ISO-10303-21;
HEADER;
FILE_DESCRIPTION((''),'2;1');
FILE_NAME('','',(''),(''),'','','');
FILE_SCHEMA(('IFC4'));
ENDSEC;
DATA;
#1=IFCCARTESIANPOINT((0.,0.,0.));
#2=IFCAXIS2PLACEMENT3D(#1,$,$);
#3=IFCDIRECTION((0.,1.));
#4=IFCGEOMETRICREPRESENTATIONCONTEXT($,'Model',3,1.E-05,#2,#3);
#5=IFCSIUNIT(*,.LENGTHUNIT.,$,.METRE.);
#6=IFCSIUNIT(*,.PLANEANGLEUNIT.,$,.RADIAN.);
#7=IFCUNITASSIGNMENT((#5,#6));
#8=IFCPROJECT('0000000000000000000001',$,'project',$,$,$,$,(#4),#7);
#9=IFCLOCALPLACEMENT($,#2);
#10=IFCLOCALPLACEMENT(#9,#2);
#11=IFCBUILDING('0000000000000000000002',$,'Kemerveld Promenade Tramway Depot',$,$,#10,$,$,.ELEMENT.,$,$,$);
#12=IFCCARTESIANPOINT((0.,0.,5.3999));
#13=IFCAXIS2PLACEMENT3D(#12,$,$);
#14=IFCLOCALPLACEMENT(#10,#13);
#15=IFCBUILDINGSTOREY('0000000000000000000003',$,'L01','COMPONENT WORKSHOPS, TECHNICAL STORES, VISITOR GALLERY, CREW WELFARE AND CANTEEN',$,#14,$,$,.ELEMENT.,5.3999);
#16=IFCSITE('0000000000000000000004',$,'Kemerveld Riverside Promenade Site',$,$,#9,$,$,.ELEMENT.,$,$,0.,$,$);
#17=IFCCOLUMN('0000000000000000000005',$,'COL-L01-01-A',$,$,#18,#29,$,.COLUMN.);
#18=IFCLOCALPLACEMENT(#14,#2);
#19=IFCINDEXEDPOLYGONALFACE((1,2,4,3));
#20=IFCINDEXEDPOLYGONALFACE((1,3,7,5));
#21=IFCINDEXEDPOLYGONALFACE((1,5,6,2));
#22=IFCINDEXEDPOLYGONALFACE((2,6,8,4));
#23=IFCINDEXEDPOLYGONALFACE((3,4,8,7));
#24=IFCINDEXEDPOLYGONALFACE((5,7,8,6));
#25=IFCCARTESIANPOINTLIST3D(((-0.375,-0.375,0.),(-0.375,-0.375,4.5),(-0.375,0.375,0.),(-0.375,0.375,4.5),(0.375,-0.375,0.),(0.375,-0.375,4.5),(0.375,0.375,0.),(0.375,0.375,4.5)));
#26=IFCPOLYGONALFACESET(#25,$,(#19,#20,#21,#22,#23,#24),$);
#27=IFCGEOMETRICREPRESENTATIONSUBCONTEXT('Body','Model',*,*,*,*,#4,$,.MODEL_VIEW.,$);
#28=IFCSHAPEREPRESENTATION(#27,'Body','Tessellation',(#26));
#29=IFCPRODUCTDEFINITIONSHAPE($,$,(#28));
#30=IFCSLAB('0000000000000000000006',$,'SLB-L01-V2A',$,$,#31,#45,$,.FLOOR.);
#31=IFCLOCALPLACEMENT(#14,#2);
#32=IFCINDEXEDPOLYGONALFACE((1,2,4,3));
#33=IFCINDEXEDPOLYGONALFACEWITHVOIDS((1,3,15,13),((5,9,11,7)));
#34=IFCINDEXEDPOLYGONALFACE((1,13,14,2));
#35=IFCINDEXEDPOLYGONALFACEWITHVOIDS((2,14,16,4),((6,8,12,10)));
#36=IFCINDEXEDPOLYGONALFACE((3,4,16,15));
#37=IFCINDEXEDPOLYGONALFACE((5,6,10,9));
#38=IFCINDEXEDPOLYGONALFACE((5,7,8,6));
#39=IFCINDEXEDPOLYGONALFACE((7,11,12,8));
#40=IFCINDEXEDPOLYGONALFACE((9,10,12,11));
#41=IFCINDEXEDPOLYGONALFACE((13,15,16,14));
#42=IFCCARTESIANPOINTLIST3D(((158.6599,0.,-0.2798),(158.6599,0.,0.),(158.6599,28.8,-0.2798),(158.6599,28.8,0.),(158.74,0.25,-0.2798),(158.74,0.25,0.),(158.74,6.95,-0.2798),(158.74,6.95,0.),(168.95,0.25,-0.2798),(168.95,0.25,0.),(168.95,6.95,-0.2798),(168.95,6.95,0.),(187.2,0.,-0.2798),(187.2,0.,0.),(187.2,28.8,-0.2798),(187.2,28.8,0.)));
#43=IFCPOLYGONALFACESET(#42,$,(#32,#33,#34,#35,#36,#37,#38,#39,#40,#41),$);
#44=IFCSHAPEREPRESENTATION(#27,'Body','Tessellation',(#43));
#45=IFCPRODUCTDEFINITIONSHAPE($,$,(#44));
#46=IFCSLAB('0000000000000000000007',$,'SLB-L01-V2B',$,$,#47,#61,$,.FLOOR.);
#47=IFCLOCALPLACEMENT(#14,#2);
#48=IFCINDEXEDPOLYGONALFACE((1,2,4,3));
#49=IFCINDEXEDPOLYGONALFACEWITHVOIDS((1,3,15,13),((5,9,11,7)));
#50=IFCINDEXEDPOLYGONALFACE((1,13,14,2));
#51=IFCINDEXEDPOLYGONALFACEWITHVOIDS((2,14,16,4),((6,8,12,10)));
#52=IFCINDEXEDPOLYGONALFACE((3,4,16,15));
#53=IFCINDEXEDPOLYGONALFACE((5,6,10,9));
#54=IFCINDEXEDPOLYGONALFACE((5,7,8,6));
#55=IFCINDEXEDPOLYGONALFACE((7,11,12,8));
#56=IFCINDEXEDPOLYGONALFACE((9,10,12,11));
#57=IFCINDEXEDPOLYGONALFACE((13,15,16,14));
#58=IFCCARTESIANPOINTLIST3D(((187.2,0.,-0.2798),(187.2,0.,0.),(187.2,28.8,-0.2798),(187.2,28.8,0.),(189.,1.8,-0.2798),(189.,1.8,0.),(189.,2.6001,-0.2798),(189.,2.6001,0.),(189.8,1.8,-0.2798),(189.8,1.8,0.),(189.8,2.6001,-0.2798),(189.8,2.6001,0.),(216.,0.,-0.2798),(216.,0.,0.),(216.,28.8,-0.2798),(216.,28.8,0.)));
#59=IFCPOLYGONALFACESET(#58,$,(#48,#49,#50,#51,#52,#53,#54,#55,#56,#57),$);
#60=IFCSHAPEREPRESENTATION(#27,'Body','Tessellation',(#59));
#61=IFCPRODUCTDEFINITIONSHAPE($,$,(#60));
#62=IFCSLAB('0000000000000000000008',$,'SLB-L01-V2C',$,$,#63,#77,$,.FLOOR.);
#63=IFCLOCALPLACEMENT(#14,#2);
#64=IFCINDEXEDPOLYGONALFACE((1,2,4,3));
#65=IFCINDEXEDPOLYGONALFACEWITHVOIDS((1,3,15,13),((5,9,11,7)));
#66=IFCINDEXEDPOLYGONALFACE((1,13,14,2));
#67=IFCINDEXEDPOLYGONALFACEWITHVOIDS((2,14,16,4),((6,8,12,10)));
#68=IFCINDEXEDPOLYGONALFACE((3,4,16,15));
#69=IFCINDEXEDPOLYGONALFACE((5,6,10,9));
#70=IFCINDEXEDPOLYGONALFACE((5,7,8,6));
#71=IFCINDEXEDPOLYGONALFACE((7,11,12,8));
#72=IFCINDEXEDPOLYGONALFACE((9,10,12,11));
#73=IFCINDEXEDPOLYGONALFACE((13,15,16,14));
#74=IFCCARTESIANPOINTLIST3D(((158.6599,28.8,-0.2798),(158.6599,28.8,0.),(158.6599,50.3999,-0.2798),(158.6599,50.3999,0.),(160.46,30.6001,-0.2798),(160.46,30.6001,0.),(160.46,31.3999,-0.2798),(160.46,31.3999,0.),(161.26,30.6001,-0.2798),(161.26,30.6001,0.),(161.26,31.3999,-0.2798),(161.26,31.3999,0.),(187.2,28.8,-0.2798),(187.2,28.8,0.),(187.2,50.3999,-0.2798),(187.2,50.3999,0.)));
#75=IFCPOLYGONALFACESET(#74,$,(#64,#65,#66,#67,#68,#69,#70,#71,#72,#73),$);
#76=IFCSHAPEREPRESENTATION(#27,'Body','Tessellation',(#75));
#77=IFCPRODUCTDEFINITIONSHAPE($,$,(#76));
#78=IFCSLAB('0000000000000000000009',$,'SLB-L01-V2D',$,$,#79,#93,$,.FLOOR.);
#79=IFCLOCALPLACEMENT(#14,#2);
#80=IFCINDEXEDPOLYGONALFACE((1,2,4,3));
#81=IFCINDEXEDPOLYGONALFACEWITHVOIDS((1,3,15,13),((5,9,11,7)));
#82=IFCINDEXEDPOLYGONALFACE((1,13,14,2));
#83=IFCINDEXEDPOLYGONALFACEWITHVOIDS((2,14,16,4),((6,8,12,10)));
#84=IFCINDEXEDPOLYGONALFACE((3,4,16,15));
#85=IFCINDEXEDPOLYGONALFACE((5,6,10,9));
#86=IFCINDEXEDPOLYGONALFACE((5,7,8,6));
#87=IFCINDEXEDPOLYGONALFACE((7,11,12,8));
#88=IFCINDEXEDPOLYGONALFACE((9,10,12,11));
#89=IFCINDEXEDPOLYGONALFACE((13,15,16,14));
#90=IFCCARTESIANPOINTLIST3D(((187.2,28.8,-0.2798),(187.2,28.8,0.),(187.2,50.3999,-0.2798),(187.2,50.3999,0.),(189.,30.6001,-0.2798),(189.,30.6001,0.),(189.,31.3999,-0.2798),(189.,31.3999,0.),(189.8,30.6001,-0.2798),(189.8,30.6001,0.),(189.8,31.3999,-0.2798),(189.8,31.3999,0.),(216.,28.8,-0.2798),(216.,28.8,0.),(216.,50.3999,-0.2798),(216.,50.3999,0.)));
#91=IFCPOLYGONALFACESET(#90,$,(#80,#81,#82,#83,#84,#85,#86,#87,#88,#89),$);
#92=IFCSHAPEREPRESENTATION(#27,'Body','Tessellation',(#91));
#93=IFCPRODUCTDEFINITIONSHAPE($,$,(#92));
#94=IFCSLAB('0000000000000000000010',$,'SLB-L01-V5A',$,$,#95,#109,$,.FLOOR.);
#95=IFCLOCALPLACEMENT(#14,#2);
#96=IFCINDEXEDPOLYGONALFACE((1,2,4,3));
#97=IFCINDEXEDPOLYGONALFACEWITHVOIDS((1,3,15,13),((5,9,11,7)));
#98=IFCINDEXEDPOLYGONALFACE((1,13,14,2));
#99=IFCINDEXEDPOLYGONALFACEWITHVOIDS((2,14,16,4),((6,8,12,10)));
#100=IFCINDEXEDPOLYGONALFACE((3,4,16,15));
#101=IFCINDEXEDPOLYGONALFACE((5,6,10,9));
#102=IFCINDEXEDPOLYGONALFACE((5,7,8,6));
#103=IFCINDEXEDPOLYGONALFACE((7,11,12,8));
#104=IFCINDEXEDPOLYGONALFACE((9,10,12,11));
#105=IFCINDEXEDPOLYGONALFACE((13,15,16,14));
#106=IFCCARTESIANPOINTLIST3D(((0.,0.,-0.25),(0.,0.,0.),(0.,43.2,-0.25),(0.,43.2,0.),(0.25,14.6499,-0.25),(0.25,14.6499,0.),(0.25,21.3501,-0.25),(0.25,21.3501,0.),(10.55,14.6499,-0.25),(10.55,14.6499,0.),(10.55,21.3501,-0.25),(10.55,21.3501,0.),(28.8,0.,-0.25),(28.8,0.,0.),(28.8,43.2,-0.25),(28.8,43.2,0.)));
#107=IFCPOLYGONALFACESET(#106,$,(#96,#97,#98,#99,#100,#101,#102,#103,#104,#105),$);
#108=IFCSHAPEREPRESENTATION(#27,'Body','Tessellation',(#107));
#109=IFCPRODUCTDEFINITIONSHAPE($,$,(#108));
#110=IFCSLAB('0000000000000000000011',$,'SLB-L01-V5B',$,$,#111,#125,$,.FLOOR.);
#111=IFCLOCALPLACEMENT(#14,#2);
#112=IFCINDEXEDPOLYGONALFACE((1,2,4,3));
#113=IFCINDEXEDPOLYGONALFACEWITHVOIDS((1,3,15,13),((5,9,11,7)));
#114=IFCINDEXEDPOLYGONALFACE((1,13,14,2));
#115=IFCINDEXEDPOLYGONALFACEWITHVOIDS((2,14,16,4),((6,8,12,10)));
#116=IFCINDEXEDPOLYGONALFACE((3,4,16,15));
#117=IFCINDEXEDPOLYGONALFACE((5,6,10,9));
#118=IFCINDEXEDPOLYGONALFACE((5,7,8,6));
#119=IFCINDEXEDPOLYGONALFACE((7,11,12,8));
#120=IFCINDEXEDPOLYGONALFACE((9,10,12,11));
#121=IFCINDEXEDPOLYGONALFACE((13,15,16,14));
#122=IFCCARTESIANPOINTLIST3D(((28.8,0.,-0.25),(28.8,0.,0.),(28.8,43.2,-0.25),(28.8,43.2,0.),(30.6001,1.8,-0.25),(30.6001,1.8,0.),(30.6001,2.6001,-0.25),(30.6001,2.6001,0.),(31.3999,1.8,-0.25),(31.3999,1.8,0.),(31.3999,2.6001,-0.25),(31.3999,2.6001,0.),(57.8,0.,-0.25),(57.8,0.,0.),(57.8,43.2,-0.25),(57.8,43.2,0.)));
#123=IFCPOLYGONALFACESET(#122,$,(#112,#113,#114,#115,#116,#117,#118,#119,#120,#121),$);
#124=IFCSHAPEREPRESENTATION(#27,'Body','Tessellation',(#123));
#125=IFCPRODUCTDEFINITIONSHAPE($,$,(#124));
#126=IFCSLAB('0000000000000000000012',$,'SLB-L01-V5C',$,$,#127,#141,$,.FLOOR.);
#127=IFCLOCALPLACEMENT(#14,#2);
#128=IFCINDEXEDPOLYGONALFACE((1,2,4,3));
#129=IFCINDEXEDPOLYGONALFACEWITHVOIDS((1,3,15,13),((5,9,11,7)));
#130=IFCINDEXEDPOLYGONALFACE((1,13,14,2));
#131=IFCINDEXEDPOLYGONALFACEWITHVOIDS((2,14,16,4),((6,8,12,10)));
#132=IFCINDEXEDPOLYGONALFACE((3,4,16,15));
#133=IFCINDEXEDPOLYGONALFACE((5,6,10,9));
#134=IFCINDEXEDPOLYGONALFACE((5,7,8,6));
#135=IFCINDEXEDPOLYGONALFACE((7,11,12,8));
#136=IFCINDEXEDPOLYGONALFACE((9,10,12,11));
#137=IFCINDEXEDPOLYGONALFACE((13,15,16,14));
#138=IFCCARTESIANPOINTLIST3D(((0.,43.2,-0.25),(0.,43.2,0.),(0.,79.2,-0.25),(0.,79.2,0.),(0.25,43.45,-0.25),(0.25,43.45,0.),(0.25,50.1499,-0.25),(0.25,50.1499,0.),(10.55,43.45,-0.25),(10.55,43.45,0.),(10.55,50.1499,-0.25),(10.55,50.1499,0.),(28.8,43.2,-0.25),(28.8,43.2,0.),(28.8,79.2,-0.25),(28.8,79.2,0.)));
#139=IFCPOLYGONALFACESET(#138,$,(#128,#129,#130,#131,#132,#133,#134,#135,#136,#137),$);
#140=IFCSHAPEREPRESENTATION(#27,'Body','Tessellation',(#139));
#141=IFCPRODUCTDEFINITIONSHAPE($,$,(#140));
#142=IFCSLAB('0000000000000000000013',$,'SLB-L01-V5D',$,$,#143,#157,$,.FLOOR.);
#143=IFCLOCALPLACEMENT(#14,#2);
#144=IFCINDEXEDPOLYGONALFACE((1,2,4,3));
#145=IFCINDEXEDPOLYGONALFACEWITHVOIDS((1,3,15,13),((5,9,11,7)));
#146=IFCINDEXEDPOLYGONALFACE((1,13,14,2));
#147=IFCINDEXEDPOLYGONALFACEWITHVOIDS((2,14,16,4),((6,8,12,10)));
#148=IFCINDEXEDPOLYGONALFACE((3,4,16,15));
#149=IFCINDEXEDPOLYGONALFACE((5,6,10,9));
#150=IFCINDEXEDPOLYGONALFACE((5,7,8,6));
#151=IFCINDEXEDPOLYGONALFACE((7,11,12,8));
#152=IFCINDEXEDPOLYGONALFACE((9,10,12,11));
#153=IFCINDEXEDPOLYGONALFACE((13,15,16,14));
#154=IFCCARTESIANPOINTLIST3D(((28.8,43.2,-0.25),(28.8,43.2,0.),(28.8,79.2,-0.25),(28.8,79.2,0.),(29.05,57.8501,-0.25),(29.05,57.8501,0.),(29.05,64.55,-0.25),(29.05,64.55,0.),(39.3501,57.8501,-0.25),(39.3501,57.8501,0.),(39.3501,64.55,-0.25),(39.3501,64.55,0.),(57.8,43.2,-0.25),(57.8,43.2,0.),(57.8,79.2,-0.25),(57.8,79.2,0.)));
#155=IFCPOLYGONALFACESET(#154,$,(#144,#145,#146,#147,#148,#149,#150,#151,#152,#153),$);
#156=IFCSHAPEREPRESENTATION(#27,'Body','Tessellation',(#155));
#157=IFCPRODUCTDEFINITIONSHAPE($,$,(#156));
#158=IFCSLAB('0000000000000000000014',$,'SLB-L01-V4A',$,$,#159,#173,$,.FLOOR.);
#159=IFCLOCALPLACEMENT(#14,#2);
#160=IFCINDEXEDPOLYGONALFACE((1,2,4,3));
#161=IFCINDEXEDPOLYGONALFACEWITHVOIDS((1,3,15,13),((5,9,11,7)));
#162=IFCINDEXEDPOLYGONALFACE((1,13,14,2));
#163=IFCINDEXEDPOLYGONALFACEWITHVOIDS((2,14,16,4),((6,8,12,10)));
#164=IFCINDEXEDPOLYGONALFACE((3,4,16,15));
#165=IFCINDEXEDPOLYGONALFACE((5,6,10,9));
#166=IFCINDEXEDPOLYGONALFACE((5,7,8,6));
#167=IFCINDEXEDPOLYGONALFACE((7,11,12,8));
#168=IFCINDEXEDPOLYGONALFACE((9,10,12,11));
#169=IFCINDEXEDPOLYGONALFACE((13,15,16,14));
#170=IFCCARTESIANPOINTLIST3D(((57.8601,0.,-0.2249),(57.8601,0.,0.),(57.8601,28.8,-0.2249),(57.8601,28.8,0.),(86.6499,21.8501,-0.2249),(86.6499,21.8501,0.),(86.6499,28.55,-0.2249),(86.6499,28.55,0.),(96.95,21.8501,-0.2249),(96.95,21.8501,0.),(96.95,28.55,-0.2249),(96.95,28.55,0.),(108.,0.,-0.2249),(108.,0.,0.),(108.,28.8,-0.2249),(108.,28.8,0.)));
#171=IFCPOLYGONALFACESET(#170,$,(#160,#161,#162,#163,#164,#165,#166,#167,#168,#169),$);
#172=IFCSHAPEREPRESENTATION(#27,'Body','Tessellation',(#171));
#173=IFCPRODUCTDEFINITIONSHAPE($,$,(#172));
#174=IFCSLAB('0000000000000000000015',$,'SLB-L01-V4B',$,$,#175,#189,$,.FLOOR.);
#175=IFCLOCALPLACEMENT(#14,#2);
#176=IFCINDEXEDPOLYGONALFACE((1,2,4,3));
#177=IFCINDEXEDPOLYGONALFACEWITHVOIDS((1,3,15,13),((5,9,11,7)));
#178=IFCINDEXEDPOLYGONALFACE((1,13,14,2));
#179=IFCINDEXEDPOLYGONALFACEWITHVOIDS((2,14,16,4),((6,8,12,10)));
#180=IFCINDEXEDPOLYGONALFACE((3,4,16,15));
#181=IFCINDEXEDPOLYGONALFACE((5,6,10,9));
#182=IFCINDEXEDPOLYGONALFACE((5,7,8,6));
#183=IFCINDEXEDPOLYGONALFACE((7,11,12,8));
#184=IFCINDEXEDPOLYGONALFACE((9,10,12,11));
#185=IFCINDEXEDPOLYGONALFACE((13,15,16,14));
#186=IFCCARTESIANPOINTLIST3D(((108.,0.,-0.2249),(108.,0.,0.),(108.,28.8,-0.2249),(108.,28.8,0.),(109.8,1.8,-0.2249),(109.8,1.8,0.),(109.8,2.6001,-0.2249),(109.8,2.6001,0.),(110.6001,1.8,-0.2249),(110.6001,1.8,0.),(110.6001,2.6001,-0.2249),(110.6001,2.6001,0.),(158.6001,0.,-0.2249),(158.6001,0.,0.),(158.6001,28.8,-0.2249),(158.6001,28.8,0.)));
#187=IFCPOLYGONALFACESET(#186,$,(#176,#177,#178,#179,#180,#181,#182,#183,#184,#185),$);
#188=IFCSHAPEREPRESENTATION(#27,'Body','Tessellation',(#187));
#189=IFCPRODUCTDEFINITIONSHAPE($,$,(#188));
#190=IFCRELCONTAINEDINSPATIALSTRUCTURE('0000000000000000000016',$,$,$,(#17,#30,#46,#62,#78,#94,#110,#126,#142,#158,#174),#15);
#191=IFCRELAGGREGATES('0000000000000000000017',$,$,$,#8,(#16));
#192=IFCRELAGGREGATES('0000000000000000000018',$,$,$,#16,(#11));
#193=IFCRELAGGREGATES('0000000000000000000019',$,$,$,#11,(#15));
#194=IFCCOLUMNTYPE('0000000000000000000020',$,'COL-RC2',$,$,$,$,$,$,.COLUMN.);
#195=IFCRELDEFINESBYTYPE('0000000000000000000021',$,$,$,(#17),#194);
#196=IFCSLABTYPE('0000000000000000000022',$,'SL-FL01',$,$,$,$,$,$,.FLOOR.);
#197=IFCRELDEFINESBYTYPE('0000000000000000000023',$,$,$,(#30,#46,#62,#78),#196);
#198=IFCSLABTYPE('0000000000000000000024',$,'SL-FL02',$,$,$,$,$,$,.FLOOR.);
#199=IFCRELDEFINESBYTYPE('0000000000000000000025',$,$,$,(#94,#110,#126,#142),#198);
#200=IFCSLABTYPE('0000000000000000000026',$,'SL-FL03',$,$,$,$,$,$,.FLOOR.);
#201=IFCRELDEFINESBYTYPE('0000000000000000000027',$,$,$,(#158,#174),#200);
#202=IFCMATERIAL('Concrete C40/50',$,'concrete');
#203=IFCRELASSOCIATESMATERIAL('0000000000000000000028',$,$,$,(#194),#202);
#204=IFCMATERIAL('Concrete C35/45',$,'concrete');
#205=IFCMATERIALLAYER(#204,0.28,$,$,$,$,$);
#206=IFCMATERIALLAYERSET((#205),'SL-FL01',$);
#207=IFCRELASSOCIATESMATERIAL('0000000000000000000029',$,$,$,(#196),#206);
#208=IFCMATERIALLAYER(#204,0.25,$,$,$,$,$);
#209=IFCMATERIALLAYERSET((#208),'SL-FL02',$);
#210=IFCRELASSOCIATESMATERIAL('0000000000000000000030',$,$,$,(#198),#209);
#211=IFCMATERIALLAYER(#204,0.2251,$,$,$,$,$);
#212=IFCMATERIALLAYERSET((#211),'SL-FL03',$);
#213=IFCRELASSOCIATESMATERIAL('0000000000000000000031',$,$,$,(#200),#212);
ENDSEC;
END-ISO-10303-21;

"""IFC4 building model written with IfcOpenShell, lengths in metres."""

from ifc_helpers import new_model, si_unit, direction, frame, origin, origin_with_axes, origin_2d, place, context, subcontext, project, spatial, polyline, rectangle, outline, extrude, material, layer, layer_set, material_profile, profile_set, type_object, element, save


model = new_model("IFC4")

# Units and contexts
model_context = context("Model", 3, precision=1e-05, world=origin(), true_north=direction((0.0, 1.0)))
body_context = subcontext(model_context, "Body", "Model", "MODEL_VIEW")
ifc_project = project(units=[si_unit("LENGTHUNIT", "METRE"), si_unit("PLANEANGLEUNIT", "RADIAN")], contexts=[model_context])

# Site, building, storey
site_placement = place(None, origin())
site = spatial("IfcSite", under=ifc_project, at=site_placement, Name="Kemerveld Riverside Promenade Site", CompositionType="ELEMENT", RefElevation=0.0)
building_placement = place(site_placement, origin())
building = spatial("IfcBuilding", under=site, at=building_placement, Name="Kemerveld Promenade Tramway Depot", CompositionType="ELEMENT")
storey_placement = place(building_placement, frame((0.0, 0.0, 5.3999)))
storey = spatial("IfcBuildingStorey", under=building, at=storey_placement, Name="L01", Description="COMPONENT WORKSHOPS, TECHNICAL STORES, VISITOR GALLERY, CREW WELFARE AND CANTEEN", CompositionType="ELEMENT", Elevation=5.3999)

# Column
ifc_material_1 = material(Name="Concrete C40/50", Category="concrete")
ifc_material_profile = material_profile(ifc_material_1, rectangle(XDim=0.75, YDim=0.75, at=origin_2d()), Name="RC-COL-750x750")
ifc_profile_set = profile_set([ifc_material_profile], Name="Concrete C40/50")
column_type = type_object("IfcColumnType", Name="COL-RC2", PredefinedType="COLUMN", material=ifc_profile_set)
column_placement = place(storey_placement, origin_with_axes())
element("IfcColumn", 1, at=column_placement, inside=storey, type_object=column_type, Name="COL-L01-01-A", PredefinedType="COLUMN", context=body_context, shape_type="SweptSolid", body=[
    extrude(rectangle(XDim=0.75, YDim=0.75, at=origin_2d()), origin(), (0.0, 0.0, 1.0), 4.5),
])

# Slabs
ifc_material_2 = material(Name="Concrete C35/45", Category="concrete")
ifc_layer_1 = layer(ifc_material_2, 0.28)
ifc_layer_set_1 = layer_set([ifc_layer_1], Name="SL-FL01")
slab_type_1 = type_object("IfcSlabType", Name="SL-FL01", PredefinedType="FLOOR", material=ifc_layer_set_1)
slab_1_placement = place(storey_placement, frame((0.0, 0.0, -0.2798)))
element("IfcSlab", 2, at=slab_1_placement, inside=storey, type_object=slab_type_1, Name="SLB-L01-V2A", PredefinedType="FLOOR", context=body_context, shape_type="SweptSolid", body=[
    extrude(outline(polyline([(158.6599, 0.0), (187.2, 0.0), (187.2, 28.8), (158.6599, 28.8), (158.6599, 0.0)]), holes=[polyline([(158.74, 0.25), (168.95, 0.25), (168.95, 6.95), (158.74, 6.95), (158.74, 0.25)])]), origin(), (0.0, 0.0, 1.0), 0.2798),
])
slab_2_placement = place(storey_placement, frame((0.0, 0.0, -0.2798)))
element("IfcSlab", 3, at=slab_2_placement, inside=storey, type_object=slab_type_1, Name="SLB-L01-V2B", PredefinedType="FLOOR", context=body_context, shape_type="SweptSolid", body=[
    extrude(outline(polyline([(187.2, 0.0), (216.0, 0.0), (216.0, 28.8), (187.2, 28.8), (187.2, 0.0)]), holes=[polyline([(189.0, 1.8), (189.8, 1.8), (189.8, 2.6001), (189.0, 2.6001), (189.0, 1.8)])]), origin(), (0.0, 0.0, 1.0), 0.2798),
])
slab_3_placement = place(storey_placement, frame((0.0, 0.0, -0.2798)))
element("IfcSlab", 4, at=slab_3_placement, inside=storey, type_object=slab_type_1, Name="SLB-L01-V2C", PredefinedType="FLOOR", context=body_context, shape_type="SweptSolid", body=[
    extrude(outline(polyline([(158.6599, 28.8), (187.2, 28.8), (187.2, 50.3999), (158.6599, 50.3999), (158.6599, 28.8)]), holes=[polyline([(160.46, 30.6001), (161.26, 30.6001), (161.26, 31.3999), (160.46, 31.3999), (160.46, 30.6001)])]), origin(), (0.0, 0.0, 1.0), 0.2798),
])
slab_4_placement = place(storey_placement, frame((0.0, 0.0, -0.2798)))
element("IfcSlab", 5, at=slab_4_placement, inside=storey, type_object=slab_type_1, Name="SLB-L01-V2D", PredefinedType="FLOOR", context=body_context, shape_type="SweptSolid", body=[
    extrude(outline(polyline([(187.2, 28.8), (216.0, 28.8), (216.0, 50.3999), (187.2, 50.3999), (187.2, 28.8)]), holes=[polyline([(189.0, 30.6001), (189.8, 30.6001), (189.8, 31.3999), (189.0, 31.3999), (189.0, 30.6001)])]), origin(), (0.0, 0.0, 1.0), 0.2798),
])
ifc_layer_2 = layer(ifc_material_2, 0.25)
ifc_layer_set_2 = layer_set([ifc_layer_2], Name="SL-FL02")
slab_type_2 = type_object("IfcSlabType", Name="SL-FL02", PredefinedType="FLOOR", material=ifc_layer_set_2)
slab_5_placement = place(storey_placement, frame((0.0, 0.0, -0.25)))
element("IfcSlab", 6, at=slab_5_placement, inside=storey, type_object=slab_type_2, Name="SLB-L01-V5A", PredefinedType="FLOOR", context=body_context, shape_type="SweptSolid", body=[
    extrude(outline(polyline([(0.0, 0.0), (28.8, 0.0), (28.8, 43.2), (0.0, 43.2), (0.0, 0.0)]), holes=[polyline([(0.25, 14.6499), (10.55, 14.6499), (10.55, 21.3501), (0.25, 21.3501), (0.25, 14.6499)])]), origin(), (0.0, 0.0, 1.0), 0.25),
])
slab_6_placement = place(storey_placement, frame((0.0, 0.0, -0.25)))
element("IfcSlab", 7, at=slab_6_placement, inside=storey, type_object=slab_type_2, Name="SLB-L01-V5B", PredefinedType="FLOOR", context=body_context, shape_type="SweptSolid", body=[
    extrude(outline(polyline([(28.8, 0.0), (57.8, 0.0), (57.8, 43.2), (28.8, 43.2), (28.8, 0.0)]), holes=[polyline([(30.6001, 1.8), (31.3999, 1.8), (31.3999, 2.6001), (30.6001, 2.6001), (30.6001, 1.8)])]), origin(), (0.0, 0.0, 1.0), 0.25),
])
slab_7_placement = place(storey_placement, frame((0.0, 0.0, -0.25)))
element("IfcSlab", 8, at=slab_7_placement, inside=storey, type_object=slab_type_2, Name="SLB-L01-V5C", PredefinedType="FLOOR", context=body_context, shape_type="SweptSolid", body=[
    extrude(outline(polyline([(0.0, 43.2), (28.8, 43.2), (28.8, 79.2), (0.0, 79.2), (0.0, 43.2)]), holes=[polyline([(0.25, 43.45), (10.55, 43.45), (10.55, 50.1499), (0.25, 50.1499), (0.25, 43.45)])]), origin(), (0.0, 0.0, 1.0), 0.25),
])
slab_8_placement = place(storey_placement, frame((0.0, 0.0, -0.25)))
element("IfcSlab", 9, at=slab_8_placement, inside=storey, type_object=slab_type_2, Name="SLB-L01-V5D", PredefinedType="FLOOR", context=body_context, shape_type="SweptSolid", body=[
    extrude(outline(polyline([(28.8, 43.2), (57.8, 43.2), (57.8, 79.2), (28.8, 79.2), (28.8, 43.2)]), holes=[polyline([(29.05, 57.8501), (39.3501, 57.8501), (39.3501, 64.55), (29.05, 64.55), (29.05, 57.8501)])]), origin(), (0.0, 0.0, 1.0), 0.25),
])
ifc_layer_3 = layer(ifc_material_2, 0.2251)
ifc_layer_set_3 = layer_set([ifc_layer_3], Name="SL-FL03")
slab_type_3 = type_object("IfcSlabType", Name="SL-FL03", PredefinedType="FLOOR", material=ifc_layer_set_3)
slab_9_placement = place(storey_placement, frame((0.0, 0.0, -0.2249)))
element("IfcSlab", 10, at=slab_9_placement, inside=storey, type_object=slab_type_3, Name="SLB-L01-V4A", PredefinedType="FLOOR", context=body_context, shape_type="SweptSolid", body=[
    extrude(outline(polyline([(57.8601, 0.0), (108.0, 0.0), (108.0, 28.8), (57.8601, 28.8), (57.8601, 0.0)]), holes=[polyline([(86.6499, 21.8501), (96.95, 21.8501), (96.95, 28.55), (86.6499, 28.55), (86.6499, 21.8501)])]), origin(), (0.0, 0.0, 1.0), 0.2249),
])
slab_10_placement = place(storey_placement, frame((0.0, 0.0, -0.2249)))
element("IfcSlab", 11, at=slab_10_placement, inside=storey, type_object=slab_type_3, Name="SLB-L01-V4B", PredefinedType="FLOOR", context=body_context, shape_type="SweptSolid", body=[
    extrude(outline(polyline([(108.0, 0.0), (158.6001, 0.0), (158.6001, 28.8), (108.0, 28.8), (108.0, 0.0)]), holes=[polyline([(109.8, 1.8), (110.6001, 1.8), (110.6001, 2.6001), (109.8, 2.6001), (109.8, 1.8)])]), origin(), (0.0, 0.0, 1.0), 0.2249),
])

save(model, "model.ifc")
